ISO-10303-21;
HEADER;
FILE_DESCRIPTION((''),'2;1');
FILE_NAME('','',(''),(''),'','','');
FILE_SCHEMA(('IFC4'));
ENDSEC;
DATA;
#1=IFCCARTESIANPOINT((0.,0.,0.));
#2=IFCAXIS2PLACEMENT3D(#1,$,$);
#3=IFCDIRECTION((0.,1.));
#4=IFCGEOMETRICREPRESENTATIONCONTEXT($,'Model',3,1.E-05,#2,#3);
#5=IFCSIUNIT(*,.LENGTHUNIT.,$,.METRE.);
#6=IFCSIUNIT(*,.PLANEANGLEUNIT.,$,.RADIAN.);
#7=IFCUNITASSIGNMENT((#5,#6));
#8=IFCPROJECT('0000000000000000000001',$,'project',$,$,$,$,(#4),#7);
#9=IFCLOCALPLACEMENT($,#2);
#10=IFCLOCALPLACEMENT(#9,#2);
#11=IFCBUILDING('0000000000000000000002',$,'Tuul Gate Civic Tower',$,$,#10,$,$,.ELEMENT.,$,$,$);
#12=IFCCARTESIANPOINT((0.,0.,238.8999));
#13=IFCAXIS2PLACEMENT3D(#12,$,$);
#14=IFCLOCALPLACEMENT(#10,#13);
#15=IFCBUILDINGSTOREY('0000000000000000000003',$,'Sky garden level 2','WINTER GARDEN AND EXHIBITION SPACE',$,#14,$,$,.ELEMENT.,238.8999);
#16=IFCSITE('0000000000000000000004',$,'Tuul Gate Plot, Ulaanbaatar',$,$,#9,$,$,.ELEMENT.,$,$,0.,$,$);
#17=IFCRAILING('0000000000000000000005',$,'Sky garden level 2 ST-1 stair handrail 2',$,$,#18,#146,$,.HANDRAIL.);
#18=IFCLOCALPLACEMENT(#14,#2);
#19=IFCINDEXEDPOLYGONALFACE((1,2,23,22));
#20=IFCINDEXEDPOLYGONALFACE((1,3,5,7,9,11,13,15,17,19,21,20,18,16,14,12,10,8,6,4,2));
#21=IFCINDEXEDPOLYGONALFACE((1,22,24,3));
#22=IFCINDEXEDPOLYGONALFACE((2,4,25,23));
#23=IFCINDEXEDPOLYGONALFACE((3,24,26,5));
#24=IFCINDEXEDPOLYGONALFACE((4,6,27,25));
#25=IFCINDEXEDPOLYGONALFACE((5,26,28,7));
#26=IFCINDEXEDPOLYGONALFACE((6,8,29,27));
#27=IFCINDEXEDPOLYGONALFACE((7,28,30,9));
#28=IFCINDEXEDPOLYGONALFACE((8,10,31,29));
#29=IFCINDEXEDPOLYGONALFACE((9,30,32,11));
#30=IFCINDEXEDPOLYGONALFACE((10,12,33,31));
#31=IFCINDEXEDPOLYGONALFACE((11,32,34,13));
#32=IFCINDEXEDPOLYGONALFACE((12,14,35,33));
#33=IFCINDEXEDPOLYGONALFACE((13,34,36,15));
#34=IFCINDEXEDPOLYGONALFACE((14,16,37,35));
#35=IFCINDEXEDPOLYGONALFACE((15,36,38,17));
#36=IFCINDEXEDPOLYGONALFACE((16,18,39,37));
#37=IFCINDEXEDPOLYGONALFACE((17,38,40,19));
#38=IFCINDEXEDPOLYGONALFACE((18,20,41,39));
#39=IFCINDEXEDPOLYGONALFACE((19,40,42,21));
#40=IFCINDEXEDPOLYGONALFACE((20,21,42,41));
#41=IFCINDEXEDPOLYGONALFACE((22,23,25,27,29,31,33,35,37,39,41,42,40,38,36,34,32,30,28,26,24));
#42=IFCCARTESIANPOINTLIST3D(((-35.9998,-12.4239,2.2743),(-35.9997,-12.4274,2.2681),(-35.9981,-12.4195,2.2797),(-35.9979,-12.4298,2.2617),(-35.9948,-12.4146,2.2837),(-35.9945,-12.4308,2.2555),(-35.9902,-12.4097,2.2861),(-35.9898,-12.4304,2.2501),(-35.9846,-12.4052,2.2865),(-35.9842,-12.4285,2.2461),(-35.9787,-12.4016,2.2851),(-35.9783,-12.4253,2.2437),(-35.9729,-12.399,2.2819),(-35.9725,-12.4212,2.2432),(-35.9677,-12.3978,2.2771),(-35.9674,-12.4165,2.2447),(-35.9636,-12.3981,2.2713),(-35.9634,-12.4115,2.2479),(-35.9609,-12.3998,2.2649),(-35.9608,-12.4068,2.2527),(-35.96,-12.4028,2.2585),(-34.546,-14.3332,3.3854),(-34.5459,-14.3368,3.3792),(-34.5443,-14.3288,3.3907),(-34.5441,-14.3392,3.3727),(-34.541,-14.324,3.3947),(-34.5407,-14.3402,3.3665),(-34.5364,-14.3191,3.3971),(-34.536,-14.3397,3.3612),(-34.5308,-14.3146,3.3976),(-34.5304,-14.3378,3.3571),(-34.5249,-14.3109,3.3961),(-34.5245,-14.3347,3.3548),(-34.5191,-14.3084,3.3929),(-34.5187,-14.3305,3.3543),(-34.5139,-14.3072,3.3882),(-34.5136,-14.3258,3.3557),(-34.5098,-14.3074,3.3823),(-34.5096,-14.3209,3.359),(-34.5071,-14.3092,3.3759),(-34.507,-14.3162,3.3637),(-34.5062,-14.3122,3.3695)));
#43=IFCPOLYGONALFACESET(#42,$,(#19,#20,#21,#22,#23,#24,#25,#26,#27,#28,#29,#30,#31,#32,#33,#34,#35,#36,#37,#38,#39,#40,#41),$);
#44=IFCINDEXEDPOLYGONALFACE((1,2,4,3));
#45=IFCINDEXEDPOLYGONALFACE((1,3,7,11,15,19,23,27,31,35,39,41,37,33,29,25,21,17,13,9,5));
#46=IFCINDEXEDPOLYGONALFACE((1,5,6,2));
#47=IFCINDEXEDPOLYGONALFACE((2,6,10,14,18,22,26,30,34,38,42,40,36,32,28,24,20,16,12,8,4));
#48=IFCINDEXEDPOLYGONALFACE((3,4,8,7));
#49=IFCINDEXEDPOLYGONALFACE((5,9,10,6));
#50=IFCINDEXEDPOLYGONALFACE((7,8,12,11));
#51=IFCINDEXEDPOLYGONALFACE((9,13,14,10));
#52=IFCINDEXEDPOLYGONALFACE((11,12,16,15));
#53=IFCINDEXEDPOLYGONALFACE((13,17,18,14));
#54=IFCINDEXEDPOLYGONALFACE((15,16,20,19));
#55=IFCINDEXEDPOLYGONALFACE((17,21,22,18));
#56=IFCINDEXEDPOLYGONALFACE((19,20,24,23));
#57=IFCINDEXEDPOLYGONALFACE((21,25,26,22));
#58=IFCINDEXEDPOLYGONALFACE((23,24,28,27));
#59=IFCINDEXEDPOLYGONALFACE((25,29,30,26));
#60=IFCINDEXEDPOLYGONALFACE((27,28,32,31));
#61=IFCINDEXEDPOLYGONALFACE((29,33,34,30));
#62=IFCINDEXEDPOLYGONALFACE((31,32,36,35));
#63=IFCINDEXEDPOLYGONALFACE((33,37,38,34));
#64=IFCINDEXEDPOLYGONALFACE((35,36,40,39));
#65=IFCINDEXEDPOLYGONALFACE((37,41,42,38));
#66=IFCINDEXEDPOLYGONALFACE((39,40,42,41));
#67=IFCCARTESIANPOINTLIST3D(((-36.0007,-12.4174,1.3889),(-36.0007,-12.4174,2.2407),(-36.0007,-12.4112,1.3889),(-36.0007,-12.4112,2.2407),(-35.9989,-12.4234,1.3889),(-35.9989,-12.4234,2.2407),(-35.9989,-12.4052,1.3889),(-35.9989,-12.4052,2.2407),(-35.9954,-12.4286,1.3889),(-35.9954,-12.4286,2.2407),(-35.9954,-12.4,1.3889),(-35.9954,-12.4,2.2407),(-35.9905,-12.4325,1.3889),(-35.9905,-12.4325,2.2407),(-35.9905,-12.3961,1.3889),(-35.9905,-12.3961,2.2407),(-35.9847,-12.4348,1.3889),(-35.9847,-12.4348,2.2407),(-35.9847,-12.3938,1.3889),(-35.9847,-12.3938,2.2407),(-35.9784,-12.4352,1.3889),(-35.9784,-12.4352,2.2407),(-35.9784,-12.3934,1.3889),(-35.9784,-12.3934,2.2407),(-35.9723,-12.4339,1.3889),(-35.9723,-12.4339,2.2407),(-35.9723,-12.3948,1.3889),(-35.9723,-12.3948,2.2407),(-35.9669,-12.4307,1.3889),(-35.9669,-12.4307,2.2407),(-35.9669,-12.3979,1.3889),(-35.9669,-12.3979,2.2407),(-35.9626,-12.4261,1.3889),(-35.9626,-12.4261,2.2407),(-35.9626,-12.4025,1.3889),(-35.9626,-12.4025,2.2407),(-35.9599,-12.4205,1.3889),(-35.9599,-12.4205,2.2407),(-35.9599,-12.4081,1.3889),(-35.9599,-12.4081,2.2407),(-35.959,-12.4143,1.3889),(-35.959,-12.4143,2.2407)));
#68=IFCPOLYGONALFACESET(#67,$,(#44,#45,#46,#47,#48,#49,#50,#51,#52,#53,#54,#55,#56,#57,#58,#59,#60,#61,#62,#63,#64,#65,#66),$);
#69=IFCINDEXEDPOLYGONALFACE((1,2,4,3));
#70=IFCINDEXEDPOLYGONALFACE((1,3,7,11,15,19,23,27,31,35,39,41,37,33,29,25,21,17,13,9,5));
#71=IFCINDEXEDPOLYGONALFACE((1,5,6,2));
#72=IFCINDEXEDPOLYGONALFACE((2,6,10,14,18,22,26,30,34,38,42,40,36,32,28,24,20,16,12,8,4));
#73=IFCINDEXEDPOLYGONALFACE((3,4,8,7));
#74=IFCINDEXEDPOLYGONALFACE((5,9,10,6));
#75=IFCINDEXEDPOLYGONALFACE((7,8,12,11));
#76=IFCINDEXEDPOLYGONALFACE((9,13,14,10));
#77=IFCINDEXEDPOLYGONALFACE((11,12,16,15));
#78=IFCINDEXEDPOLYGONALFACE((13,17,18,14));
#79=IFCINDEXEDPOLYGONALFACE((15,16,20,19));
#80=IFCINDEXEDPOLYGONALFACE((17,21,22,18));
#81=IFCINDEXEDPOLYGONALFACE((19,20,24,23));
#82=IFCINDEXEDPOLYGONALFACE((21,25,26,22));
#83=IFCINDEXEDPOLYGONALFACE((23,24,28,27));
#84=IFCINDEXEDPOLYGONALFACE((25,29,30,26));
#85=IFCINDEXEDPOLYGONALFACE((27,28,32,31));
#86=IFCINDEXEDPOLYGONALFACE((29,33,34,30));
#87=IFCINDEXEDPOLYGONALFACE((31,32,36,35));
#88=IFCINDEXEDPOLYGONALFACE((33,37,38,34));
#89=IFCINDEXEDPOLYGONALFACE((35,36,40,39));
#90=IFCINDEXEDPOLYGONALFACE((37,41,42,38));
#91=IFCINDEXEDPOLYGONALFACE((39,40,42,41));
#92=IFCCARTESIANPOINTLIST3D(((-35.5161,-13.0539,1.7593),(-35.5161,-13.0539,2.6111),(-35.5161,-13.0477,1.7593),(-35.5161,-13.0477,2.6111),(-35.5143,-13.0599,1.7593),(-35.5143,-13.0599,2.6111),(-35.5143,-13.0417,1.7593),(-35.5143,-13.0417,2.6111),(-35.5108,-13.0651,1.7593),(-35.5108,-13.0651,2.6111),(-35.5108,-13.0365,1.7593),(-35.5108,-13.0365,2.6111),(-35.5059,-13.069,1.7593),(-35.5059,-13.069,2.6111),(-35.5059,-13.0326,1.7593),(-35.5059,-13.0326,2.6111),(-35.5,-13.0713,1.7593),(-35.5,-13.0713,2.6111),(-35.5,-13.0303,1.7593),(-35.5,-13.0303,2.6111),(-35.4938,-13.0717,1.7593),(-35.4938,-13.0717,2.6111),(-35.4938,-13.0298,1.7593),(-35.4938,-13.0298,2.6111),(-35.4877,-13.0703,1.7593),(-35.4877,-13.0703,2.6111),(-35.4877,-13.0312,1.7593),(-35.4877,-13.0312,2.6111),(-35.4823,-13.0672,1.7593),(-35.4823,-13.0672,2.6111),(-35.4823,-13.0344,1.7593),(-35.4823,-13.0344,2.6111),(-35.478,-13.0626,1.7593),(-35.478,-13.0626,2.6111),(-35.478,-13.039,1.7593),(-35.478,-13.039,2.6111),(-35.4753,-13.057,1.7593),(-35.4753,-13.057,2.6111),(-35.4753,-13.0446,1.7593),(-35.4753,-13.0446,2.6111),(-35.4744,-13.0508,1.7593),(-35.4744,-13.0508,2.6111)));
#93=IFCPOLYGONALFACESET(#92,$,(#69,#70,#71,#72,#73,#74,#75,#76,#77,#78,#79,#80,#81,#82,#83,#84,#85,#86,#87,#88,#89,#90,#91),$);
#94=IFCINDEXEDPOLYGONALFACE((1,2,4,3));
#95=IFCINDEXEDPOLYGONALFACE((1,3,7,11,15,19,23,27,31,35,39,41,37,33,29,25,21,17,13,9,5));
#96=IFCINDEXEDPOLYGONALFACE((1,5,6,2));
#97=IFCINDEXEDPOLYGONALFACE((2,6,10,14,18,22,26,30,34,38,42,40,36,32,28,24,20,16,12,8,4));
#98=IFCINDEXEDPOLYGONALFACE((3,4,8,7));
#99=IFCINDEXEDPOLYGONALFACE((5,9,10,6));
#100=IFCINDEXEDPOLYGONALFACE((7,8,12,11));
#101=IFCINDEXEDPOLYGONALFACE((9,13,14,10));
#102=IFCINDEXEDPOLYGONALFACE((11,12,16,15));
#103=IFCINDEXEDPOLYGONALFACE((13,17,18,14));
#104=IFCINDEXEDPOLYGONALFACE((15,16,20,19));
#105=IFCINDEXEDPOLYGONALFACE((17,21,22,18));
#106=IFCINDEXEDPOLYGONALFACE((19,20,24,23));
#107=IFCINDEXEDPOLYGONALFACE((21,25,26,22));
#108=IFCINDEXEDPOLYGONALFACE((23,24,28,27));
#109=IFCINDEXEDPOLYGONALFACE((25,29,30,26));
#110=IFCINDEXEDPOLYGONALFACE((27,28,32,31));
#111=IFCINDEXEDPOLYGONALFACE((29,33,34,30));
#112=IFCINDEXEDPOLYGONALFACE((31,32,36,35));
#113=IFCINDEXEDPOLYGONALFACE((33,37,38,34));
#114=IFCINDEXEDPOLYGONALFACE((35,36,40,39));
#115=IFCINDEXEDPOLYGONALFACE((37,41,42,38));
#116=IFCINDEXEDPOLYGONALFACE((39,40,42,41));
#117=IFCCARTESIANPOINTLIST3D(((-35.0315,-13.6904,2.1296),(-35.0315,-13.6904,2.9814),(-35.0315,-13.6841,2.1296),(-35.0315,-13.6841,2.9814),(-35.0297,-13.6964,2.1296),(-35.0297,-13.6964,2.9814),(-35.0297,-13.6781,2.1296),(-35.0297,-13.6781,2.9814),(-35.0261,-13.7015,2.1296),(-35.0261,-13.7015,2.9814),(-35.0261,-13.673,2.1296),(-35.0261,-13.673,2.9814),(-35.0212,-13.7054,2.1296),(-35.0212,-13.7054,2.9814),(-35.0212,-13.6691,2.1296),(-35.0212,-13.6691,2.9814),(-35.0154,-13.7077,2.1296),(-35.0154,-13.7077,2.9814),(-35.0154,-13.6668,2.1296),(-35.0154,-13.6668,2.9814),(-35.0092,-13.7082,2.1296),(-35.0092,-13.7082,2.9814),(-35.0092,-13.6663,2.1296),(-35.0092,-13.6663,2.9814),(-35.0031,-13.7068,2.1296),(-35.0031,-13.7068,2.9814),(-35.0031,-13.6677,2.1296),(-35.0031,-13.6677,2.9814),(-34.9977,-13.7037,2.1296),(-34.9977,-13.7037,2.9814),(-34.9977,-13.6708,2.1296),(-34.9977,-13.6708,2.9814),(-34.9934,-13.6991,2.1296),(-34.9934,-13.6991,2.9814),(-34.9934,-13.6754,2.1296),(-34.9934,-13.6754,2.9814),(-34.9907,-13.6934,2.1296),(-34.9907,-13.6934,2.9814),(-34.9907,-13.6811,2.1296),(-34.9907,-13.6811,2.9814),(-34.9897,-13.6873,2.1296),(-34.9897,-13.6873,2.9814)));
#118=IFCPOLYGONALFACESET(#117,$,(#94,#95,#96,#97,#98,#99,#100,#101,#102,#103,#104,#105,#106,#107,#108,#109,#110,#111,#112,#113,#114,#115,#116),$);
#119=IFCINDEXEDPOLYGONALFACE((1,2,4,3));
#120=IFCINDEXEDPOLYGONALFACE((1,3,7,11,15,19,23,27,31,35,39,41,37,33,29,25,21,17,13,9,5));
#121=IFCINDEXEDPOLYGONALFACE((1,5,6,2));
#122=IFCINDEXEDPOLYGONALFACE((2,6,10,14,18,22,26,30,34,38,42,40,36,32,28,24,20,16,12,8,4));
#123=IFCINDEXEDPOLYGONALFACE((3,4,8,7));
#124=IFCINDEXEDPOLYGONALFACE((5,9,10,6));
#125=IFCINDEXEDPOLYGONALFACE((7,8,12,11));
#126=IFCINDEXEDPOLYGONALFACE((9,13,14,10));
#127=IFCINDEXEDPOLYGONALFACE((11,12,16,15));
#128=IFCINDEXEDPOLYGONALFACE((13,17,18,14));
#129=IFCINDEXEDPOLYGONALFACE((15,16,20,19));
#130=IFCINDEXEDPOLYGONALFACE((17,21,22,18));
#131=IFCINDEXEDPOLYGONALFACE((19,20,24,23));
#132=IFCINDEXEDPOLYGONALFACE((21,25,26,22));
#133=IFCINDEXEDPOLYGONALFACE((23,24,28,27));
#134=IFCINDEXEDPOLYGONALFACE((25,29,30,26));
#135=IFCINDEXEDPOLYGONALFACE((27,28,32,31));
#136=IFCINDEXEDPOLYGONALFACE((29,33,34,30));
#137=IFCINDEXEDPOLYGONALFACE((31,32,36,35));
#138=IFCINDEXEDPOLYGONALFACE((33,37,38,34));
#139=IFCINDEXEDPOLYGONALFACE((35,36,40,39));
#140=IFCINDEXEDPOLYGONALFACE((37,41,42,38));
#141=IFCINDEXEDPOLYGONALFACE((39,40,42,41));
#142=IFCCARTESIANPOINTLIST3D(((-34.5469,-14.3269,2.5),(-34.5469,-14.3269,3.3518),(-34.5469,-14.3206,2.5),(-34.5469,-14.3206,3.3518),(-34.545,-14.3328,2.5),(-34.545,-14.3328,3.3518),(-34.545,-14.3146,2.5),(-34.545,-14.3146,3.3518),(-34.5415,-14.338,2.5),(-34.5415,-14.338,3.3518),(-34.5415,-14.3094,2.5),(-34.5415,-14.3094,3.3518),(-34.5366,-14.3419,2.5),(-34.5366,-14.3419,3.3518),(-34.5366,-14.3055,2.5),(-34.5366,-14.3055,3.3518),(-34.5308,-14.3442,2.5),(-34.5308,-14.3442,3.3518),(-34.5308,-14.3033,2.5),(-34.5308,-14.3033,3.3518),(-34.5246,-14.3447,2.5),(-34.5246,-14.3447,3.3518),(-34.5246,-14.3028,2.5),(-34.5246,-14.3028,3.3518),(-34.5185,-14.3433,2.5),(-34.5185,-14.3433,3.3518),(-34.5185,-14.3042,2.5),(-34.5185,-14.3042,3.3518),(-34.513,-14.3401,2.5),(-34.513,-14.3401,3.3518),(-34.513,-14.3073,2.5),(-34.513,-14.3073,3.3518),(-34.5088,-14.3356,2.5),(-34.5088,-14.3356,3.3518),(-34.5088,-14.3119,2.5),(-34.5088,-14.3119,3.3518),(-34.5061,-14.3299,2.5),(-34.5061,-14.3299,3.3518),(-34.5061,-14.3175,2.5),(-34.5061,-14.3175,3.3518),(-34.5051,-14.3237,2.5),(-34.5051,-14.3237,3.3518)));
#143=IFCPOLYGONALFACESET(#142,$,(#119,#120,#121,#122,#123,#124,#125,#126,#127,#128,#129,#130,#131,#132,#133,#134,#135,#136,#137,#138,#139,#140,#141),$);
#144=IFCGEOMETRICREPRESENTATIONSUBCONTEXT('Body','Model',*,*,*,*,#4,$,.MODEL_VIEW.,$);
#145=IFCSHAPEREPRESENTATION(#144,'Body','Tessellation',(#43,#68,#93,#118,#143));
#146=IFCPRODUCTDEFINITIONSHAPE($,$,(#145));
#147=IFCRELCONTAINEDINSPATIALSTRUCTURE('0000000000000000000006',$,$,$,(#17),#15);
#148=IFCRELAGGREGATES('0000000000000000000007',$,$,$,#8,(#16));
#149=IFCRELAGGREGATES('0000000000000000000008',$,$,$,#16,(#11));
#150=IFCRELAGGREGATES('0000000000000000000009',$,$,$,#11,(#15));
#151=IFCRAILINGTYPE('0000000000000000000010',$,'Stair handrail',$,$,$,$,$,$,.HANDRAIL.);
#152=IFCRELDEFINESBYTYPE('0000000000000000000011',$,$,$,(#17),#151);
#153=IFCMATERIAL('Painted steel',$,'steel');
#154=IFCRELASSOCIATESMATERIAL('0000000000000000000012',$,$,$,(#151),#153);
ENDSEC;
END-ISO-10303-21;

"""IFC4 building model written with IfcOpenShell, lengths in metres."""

from ifc_helpers import new_model, si_unit, direction, frame, origin, origin_2d, place, context, subcontext, project, spatial, circle, extrude, material, type_object, element, save


model = new_model("IFC4")

# Units and contexts
model_context = context("Model", 3, precision=1e-05, world=origin(), true_north=direction((0.0, 1.0)))
body_context = subcontext(model_context, "Body", "Model", "MODEL_VIEW")
ifc_project = project(units=[si_unit("LENGTHUNIT", "METRE"), si_unit("PLANEANGLEUNIT", "RADIAN")], contexts=[model_context])

# Site, building, storey
site_placement = place(None, origin())
site = spatial("IfcSite", under=ifc_project, at=site_placement, Name="Tuul Gate Plot, Ulaanbaatar", CompositionType="ELEMENT", RefElevation=0.0)
building_placement = place(site_placement, origin())
building = spatial("IfcBuilding", under=site, at=building_placement, Name="Tuul Gate Civic Tower", CompositionType="ELEMENT")
storey_placement = place(building_placement, frame((0.0, 0.0, 238.8999)))
storey = spatial("IfcBuildingStorey", under=building, at=storey_placement, Name="Sky garden level 2", Description="WINTER GARDEN AND EXHIBITION SPACE", CompositionType="ELEMENT", Elevation=238.8999)

# Railing
ifc_material_1 = material(Name="Painted steel", Category="steel")
railing_type = type_object("IfcRailingType", Name="Stair handrail", PredefinedType="HANDRAIL", material=ifc_material_1)
railing_1_placement = place(storey_placement, frame((-35.98, -12.4143, 1.3889)))
element("IfcRailing", 1, at=railing_1_placement, inside=storey, type_object=railing_type, Name="Sky garden level 2 ST-1 stair handrail 2", PredefinedType="HANDRAIL", context=body_context, shape_type="SweptSolid", body=[
    extrude(circle(Radius=0.0239, at=origin_2d()), frame((0.0, 0.0, 0.876), z_axis=(0.549738, -0.721998, 0.420127), x_axis=(0.795621, 0.605795, 0.0)), (0.0, 0.0, 1.0), 2.6445),
    extrude(circle(Radius=0.021, at=origin_2d()), origin(), (0.0, 0.0, 1.0), 0.8518),
    extrude(circle(Radius=0.021, at=origin_2d()), frame((0.4846, -0.6365, 0.3704)), (0.0, 0.0, 1.0), 0.8518),
    extrude(circle(Radius=0.021, at=origin_2d()), frame((0.9692, -1.2729, 0.7407)), (0.0, 0.0, 1.0), 0.8518),
    extrude(circle(Radius=0.021, at=origin_2d()), frame((1.4539, -1.9094, 1.1111)), (0.0, 0.0, 1.0), 0.8518),
])

save(model, "model.ifc")
